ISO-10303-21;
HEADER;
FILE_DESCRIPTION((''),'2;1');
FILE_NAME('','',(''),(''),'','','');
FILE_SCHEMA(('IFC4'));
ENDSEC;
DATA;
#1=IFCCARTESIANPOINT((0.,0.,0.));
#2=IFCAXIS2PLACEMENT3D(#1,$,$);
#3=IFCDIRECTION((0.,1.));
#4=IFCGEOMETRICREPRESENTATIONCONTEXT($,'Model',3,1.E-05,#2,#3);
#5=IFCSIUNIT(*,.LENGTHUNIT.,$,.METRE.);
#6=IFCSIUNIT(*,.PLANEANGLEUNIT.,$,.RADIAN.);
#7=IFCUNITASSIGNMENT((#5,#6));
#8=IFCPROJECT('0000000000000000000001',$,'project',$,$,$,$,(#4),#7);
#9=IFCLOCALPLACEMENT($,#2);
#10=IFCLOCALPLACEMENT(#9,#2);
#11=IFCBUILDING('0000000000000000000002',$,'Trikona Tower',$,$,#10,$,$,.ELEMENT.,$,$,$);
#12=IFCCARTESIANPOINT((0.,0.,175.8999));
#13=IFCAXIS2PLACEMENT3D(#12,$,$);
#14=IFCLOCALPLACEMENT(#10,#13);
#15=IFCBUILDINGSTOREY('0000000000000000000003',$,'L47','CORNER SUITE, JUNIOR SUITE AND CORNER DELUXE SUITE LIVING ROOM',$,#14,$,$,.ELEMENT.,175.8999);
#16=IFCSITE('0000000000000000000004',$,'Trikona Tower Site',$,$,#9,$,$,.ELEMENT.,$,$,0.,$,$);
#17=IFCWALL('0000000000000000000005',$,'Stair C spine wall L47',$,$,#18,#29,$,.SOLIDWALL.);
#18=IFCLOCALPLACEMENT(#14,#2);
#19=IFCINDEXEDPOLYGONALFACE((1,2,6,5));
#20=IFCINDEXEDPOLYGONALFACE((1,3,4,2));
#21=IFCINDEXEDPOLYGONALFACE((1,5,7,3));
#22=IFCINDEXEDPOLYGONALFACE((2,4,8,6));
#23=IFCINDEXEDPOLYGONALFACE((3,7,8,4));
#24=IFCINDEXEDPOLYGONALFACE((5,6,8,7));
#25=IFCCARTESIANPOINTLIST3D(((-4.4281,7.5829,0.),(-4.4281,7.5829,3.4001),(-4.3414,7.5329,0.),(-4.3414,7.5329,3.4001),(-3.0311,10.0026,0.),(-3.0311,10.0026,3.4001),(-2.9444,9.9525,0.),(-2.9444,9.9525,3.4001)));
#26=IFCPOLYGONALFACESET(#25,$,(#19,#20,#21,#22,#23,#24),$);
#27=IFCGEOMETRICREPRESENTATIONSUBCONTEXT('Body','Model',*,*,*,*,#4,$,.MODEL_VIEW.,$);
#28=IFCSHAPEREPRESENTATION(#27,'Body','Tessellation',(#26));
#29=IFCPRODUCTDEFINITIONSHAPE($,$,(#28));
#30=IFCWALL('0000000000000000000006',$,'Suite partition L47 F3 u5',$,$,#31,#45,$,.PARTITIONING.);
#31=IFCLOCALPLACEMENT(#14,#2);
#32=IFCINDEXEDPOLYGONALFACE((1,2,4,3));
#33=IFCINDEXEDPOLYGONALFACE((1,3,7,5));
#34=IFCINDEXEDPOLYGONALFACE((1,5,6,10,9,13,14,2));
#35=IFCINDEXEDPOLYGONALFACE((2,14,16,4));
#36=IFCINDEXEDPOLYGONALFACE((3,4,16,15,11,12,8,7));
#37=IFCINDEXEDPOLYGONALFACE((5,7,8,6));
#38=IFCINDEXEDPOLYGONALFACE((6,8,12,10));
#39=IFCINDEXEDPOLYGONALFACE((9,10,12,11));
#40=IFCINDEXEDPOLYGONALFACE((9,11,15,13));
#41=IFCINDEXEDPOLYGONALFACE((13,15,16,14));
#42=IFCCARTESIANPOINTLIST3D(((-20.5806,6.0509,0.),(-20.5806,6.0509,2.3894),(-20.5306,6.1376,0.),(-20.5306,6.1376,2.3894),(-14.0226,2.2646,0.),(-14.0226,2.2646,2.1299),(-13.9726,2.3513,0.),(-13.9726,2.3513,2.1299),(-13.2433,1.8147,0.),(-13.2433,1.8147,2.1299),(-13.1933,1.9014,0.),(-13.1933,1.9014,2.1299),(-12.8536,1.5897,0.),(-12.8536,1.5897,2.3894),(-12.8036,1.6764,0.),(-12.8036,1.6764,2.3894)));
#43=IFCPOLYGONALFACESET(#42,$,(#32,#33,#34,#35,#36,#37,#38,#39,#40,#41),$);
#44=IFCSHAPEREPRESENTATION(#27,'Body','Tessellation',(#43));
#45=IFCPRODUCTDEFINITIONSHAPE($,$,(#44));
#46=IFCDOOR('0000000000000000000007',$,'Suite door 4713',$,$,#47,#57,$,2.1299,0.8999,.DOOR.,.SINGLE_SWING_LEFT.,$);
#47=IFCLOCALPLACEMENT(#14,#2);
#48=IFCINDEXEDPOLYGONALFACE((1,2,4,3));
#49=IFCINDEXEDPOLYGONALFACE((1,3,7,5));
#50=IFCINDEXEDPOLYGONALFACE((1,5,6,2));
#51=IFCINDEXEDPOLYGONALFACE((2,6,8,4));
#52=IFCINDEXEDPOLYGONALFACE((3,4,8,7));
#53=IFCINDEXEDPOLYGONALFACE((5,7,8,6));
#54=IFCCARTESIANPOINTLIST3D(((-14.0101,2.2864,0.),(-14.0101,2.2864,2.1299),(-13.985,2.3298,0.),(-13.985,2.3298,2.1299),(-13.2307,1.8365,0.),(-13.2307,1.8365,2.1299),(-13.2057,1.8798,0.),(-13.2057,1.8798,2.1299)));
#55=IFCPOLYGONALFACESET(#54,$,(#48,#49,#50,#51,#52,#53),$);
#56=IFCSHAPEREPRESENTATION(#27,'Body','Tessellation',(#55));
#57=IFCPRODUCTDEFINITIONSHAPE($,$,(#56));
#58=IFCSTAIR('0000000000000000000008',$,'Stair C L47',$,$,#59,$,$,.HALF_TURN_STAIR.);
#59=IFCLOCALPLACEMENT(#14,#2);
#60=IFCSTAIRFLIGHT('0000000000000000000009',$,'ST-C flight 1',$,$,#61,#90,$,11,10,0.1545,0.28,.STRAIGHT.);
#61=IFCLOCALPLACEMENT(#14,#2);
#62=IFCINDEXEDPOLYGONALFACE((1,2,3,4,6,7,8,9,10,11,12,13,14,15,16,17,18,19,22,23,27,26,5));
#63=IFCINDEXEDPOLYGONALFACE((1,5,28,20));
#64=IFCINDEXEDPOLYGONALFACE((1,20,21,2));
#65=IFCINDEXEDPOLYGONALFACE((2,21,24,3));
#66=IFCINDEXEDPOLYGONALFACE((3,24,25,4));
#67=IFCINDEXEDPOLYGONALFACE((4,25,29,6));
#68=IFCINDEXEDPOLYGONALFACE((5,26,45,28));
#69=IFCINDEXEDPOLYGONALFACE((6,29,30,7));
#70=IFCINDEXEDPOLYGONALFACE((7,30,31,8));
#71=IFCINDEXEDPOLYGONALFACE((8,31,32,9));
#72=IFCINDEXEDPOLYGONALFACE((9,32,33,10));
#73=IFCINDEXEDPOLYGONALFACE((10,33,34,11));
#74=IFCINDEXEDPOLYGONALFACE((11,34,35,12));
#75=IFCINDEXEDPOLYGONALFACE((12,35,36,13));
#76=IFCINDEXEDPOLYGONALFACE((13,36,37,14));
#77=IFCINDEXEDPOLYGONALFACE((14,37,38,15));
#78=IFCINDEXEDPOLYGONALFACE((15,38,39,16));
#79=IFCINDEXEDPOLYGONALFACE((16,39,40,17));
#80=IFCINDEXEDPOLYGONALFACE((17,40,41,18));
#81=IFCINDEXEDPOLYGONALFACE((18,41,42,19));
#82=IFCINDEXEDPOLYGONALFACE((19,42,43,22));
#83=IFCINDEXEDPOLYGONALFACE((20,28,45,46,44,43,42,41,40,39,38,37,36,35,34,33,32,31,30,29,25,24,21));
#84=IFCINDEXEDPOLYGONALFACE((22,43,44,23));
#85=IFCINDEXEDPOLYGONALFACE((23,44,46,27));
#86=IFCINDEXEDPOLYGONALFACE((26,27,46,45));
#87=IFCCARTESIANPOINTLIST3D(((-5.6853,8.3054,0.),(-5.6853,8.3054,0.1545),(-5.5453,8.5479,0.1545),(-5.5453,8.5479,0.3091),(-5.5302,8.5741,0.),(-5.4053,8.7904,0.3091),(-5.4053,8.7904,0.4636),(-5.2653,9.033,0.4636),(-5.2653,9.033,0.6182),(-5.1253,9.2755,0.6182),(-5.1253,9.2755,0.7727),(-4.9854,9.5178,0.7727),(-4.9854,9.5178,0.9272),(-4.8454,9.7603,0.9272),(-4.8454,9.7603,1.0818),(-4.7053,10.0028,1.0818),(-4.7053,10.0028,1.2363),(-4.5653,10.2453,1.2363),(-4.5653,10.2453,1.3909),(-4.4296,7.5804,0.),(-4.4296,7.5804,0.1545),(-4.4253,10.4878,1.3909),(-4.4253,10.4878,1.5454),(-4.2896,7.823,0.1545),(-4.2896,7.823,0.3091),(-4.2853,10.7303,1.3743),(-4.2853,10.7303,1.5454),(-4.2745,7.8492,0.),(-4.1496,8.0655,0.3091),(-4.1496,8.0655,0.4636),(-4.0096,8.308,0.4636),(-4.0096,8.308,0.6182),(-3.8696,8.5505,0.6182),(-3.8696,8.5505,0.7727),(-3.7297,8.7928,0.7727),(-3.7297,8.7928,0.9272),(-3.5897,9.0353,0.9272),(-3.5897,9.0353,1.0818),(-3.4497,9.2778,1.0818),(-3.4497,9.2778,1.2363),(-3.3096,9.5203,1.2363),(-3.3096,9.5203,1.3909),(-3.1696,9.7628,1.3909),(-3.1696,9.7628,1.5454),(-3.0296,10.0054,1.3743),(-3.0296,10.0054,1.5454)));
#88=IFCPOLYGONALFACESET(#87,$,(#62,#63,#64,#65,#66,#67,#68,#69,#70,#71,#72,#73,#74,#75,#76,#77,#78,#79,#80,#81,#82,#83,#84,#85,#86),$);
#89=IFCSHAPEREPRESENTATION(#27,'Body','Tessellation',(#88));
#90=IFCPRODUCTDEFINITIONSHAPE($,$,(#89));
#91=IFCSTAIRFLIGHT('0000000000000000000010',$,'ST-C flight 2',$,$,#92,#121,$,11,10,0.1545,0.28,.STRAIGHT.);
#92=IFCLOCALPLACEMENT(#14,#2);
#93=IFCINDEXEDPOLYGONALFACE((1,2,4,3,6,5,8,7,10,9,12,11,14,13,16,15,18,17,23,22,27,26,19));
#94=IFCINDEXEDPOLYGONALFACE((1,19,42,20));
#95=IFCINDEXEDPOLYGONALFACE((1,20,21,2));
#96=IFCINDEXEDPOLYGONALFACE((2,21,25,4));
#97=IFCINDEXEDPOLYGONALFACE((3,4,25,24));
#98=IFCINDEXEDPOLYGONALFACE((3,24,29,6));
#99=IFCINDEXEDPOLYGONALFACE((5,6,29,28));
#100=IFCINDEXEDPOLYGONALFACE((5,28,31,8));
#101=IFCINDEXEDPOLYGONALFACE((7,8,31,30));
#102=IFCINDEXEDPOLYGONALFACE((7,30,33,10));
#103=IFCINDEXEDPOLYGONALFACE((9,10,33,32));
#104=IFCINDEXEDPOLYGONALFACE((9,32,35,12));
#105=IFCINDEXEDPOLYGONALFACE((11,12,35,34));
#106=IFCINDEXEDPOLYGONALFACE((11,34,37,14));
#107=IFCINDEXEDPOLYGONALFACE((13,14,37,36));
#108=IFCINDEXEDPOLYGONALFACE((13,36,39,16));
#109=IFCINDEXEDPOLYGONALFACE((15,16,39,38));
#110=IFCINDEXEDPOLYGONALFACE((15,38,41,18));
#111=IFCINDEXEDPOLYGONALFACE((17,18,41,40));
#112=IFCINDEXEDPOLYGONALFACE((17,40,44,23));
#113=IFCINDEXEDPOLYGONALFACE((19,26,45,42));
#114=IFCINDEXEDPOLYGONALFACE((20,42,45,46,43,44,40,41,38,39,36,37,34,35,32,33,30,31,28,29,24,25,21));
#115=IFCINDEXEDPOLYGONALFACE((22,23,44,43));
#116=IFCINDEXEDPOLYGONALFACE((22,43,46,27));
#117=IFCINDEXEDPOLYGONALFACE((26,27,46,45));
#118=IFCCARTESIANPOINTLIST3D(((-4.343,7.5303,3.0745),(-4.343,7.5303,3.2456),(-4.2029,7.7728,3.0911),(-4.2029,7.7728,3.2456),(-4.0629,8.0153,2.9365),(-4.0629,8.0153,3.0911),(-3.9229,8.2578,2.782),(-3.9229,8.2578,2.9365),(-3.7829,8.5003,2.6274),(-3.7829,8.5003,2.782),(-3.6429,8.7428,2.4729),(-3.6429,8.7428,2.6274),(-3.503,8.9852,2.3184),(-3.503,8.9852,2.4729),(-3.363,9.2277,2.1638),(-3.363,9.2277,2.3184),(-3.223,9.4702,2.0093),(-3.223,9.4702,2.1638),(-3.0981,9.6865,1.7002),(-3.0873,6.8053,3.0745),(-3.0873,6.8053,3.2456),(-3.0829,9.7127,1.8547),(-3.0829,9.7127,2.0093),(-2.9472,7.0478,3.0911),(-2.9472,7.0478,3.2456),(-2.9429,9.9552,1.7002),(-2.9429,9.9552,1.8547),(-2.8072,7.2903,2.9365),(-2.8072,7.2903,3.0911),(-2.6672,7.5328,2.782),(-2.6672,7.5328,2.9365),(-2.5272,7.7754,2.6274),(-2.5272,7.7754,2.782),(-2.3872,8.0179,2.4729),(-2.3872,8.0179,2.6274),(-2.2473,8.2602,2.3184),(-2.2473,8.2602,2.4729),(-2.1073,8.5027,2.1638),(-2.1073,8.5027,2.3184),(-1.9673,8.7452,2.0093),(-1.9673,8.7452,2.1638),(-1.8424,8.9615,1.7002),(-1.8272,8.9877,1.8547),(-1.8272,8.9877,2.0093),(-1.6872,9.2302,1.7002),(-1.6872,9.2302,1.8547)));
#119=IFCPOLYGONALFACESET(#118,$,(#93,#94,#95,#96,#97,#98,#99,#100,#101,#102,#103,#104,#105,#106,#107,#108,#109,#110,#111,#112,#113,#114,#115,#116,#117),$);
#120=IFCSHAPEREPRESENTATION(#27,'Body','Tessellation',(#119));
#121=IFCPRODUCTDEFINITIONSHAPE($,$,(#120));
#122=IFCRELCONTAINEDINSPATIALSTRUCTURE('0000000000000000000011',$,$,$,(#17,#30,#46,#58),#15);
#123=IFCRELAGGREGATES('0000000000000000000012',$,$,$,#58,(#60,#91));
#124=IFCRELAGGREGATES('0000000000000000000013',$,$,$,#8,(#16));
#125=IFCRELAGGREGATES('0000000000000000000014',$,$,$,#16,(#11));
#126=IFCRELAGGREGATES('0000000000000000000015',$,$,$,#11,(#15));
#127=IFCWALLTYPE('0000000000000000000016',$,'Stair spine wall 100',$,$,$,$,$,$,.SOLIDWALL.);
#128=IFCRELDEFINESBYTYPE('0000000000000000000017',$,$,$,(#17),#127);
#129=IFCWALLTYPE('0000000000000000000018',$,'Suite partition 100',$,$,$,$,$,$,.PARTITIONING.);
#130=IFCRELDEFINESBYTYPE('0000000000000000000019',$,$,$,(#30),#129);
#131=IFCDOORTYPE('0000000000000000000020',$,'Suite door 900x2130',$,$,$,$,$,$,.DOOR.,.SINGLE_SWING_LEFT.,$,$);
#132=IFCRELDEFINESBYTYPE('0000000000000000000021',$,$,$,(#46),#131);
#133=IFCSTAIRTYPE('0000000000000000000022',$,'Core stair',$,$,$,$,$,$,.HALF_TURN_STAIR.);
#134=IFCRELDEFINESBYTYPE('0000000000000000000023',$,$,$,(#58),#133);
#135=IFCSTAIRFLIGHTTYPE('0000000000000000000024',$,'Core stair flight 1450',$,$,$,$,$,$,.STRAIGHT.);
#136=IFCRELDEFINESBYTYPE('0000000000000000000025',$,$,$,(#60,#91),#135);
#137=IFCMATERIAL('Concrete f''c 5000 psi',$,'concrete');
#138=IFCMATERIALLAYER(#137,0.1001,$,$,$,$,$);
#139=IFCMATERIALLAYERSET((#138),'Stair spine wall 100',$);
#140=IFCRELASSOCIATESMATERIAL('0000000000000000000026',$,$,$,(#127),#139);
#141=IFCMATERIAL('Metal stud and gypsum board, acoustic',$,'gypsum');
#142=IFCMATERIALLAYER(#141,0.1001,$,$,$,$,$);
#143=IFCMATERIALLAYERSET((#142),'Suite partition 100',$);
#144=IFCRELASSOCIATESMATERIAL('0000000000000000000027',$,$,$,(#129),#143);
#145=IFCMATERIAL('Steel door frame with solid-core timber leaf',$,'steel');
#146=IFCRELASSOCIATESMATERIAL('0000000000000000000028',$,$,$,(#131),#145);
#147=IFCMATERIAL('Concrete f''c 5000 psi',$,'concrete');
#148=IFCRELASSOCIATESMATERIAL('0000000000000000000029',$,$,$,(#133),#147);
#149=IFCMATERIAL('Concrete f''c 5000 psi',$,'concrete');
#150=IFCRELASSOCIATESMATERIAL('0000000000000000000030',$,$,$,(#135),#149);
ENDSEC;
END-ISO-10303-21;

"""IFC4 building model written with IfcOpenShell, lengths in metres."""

from ifc_helpers import new_model, si_unit, direction, frame, frame_2d, origin, place, context, subcontext, project, spatial, polyline, rectangle, outline, extrude, material, layer, layer_set, type_object, element, fill, aggregate, save


model = new_model("IFC4")

# Units and contexts
model_context = context("Model", 3, precision=1e-05, world=origin(), true_north=direction((0.0, 1.0)))
body_context = subcontext(model_context, "Body", "Model", "MODEL_VIEW")
ifc_project = project(units=[si_unit("LENGTHUNIT", "METRE"), si_unit("PLANEANGLEUNIT", "RADIAN")], contexts=[model_context])

# Site, building, storey
site_placement = place(None, origin())
site = spatial("IfcSite", under=ifc_project, at=site_placement, Name="Trikona Tower Site", CompositionType="ELEMENT", RefElevation=0.0)
building_placement = place(site_placement, origin())
building = spatial("IfcBuilding", under=site, at=building_placement, Name="Trikona Tower", CompositionType="ELEMENT")
storey_placement = place(building_placement, frame((0.0, 0.0, 175.8999)))
storey = spatial("IfcBuildingStorey", under=building, at=storey_placement, Name="L47", Description="CORNER SUITE, JUNIOR SUITE AND CORNER DELUXE SUITE LIVING ROOM", CompositionType="ELEMENT", Elevation=175.8999)

# Wall
ifc_material_1 = material(Name="Concrete f'c 5000 psi", Category="concrete")
ifc_layer_1 = layer(ifc_material_1, 0.1001)
ifc_layer_set_1 = layer_set([ifc_layer_1], Name="Stair spine wall 100")
wall_type_1 = type_object("IfcWallType", Name="Stair spine wall 100", PredefinedType="SOLIDWALL", material=ifc_layer_set_1)
wall_1_placement = place(storey_placement, frame((-2.9878, 9.9775, 0.0), z_axis=(0.0, 0.0, 1.0), x_axis=(-0.499992, -0.86603, 0.0)))
element("IfcWall", 1, at=wall_1_placement, inside=storey, type_object=wall_type_1, Name="Stair C spine wall L47", PredefinedType="SOLIDWALL", context=body_context, shape_type="SweptSolid", body=[
    extrude(rectangle(XDim=2.7939, YDim=0.1001, at=frame_2d((1.397, 0.0))), origin(), (0.0, 0.0, 1.0), 3.4001),
])

# Wall, opening, door
ifc_material_2 = material(Name="Metal stud and gypsum board, acoustic", Category="gypsum")
ifc_layer_2 = layer(ifc_material_2, 0.1001)
ifc_layer_set_2 = layer_set([ifc_layer_2], Name="Suite partition 100")
wall_type_2 = type_object("IfcWallType", Name="Suite partition 100", PredefinedType="PARTITIONING", material=ifc_layer_set_2)
wall_2_placement = place(storey_placement, frame((-12.8286, 1.6331, 0.0), z_axis=(0.0, 0.0, 1.0), x_axis=(-0.866027, 0.499997, 0.0)))
wall_2 = element("IfcWall", 2, at=wall_2_placement, inside=storey, type_object=wall_type_2, Name="Suite partition L47 F3 u5", PredefinedType="PARTITIONING", context=body_context, shape_type="SweptSolid", body=[
    extrude(rectangle(XDim=8.9224, YDim=0.1001, at=frame_2d((4.4612, 0.0))), origin(), (0.0, 0.0, 1.0), 2.3894),
])
opening_1_placement = place(wall_2_placement, frame((0.45, 0.0, 0.0)))
opening_1 = element("IfcOpeningElement", 3, at=opening_1_placement, cuts=wall_2, PredefinedType="OPENING", context=body_context, shape_type="SweptSolid", body=[
    extrude(rectangle(XDim=0.8999, YDim=2.1299, at=frame_2d((0.45, 1.0649))), frame((0.0, 0.0601, 0.0), z_axis=(0.0, -1.0, 0.0), x_axis=(1.0, 0.0, 0.0)), (0.0, 0.0, 1.0), 0.1201),
])
ifc_material_3 = material(Name="Steel door frame with solid-core timber leaf", Category="steel")
door_type_1 = type_object("IfcDoorType", Name="Suite door 900x2130", OperationType="SINGLE_SWING_LEFT", PredefinedType="DOOR", material=ifc_material_3)
door_1_placement = place(opening_1_placement, origin())
door_1 = element("IfcDoor", 4, at=door_1_placement, inside=storey, type_object=door_type_1, Name="Suite door 4713", OperationType="SINGLE_SWING_LEFT", OverallHeight=2.1299, OverallWidth=0.8999, PredefinedType="DOOR", context=body_context, shape_type="SweptSolid", body=[
    extrude(rectangle(XDim=0.8999, YDim=2.1299, at=frame_2d((0.45, 1.0649))), frame((0.0, 0.0249, 0.0), z_axis=(0.0, -1.0, 0.0), x_axis=(1.0, 0.0, 0.0)), (0.0, 0.0, 1.0), 0.05),
])
fill(opening_1, door_1)

# Stair, stair flights
ifc_material_4 = material(Name="Concrete f'c 5000 psi", Category="concrete")
stair_type = type_object("IfcStairType", Name="Core stair", PredefinedType="HALF_TURN_STAIR", material=ifc_material_4)
stair_placement = place(storey_placement, origin())
stair = element("IfcStair", 5, at=stair_placement, inside=storey, type_object=stair_type, Name="Stair C L47", PredefinedType="HALF_TURN_STAIR")
ifc_material_5 = material(Name="Concrete f'c 5000 psi", Category="concrete")
stair_flight_type = type_object("IfcStairFlightType", Name="Core stair flight 1450", PredefinedType="STRAIGHT", material=ifc_material_5)
stair_flight_1_placement = place(storey_placement, frame((-5.0574, 7.9429, 0.0), z_axis=(0.0, 0.0, 1.0), x_axis=(0.5, 0.866025, 0.0)))
stair_flight_1 = element("IfcStairFlight", 6, at=stair_flight_1_placement, type_object=stair_flight_type, Name="ST-C flight 1", NumberOfRisers=11, NumberOfTreads=10, PredefinedType="STRAIGHT", RiserHeight=0.1545, TreadLength=0.28, context=body_context, shape_type="SweptSolid", body=[
    extrude(outline(polyline([(0.0, 0.0), (0.0, 0.1545), (0.28, 0.1545), (0.28, 0.3091), (0.5601, 0.3091), (0.5601, 0.4636), (0.8401, 0.4636), (0.8401, 0.6182), (1.1201, 0.6182), (1.1201, 0.7727), (1.3999, 0.7727), (1.3999, 0.9272), (1.6799, 0.9272), (1.6799, 1.0818), (1.96, 1.0818), (1.96, 1.2363), (2.24, 1.2363), (2.24, 1.3909), (2.52, 1.3909), (2.52, 1.5454), (2.8, 1.5454), (2.8, 1.7), (2.8, 1.3743), (0.3103, 0.0), (0.0, 0.0)])), frame((0.0, 0.7251, 0.0), z_axis=(0.0, -1.0, 0.0), x_axis=(1.0, 0.0, 0.0)), (0.0, 0.0, 1.0), 1.45),
])
stair_flight_2_placement = place(storey_placement, frame((-2.3152, 9.5928, 1.7002), z_axis=(0.0, 0.0, 1.0), x_axis=(-0.5, -0.866025, 0.0)))
stair_flight_2 = element("IfcStairFlight", 7, at=stair_flight_2_placement, type_object=stair_flight_type, Name="ST-C flight 2", NumberOfRisers=11, NumberOfTreads=10, PredefinedType="STRAIGHT", RiserHeight=0.1545, TreadLength=0.28, context=body_context, shape_type="SweptSolid", body=[
    extrude(outline(polyline([(0.0, 0.0), (0.0, 0.1545), (0.28, 0.1545), (0.28, 0.3091), (0.5601, 0.3091), (0.5601, 0.4636), (0.8401, 0.4636), (0.8401, 0.6182), (1.1201, 0.6182), (1.1201, 0.7727), (1.3999, 0.7727), (1.3999, 0.9272), (1.6799, 0.9272), (1.6799, 1.0818), (1.96, 1.0818), (1.96, 1.2363), (2.24, 1.2363), (2.24, 1.3909), (2.52, 1.3909), (2.52, 1.5454), (2.8, 1.5454), (2.8, 1.7), (2.8, 1.3743), (0.3103, 0.0), (0.0, 0.0)])), frame((0.0, 0.7251, 0.0), z_axis=(0.0, -1.0, 0.0), x_axis=(1.0, 0.0, 0.0)), (0.0, 0.0, 1.0), 1.45),
])
aggregate(stair, [stair_flight_1, stair_flight_2])

save(model, "model.ifc")
